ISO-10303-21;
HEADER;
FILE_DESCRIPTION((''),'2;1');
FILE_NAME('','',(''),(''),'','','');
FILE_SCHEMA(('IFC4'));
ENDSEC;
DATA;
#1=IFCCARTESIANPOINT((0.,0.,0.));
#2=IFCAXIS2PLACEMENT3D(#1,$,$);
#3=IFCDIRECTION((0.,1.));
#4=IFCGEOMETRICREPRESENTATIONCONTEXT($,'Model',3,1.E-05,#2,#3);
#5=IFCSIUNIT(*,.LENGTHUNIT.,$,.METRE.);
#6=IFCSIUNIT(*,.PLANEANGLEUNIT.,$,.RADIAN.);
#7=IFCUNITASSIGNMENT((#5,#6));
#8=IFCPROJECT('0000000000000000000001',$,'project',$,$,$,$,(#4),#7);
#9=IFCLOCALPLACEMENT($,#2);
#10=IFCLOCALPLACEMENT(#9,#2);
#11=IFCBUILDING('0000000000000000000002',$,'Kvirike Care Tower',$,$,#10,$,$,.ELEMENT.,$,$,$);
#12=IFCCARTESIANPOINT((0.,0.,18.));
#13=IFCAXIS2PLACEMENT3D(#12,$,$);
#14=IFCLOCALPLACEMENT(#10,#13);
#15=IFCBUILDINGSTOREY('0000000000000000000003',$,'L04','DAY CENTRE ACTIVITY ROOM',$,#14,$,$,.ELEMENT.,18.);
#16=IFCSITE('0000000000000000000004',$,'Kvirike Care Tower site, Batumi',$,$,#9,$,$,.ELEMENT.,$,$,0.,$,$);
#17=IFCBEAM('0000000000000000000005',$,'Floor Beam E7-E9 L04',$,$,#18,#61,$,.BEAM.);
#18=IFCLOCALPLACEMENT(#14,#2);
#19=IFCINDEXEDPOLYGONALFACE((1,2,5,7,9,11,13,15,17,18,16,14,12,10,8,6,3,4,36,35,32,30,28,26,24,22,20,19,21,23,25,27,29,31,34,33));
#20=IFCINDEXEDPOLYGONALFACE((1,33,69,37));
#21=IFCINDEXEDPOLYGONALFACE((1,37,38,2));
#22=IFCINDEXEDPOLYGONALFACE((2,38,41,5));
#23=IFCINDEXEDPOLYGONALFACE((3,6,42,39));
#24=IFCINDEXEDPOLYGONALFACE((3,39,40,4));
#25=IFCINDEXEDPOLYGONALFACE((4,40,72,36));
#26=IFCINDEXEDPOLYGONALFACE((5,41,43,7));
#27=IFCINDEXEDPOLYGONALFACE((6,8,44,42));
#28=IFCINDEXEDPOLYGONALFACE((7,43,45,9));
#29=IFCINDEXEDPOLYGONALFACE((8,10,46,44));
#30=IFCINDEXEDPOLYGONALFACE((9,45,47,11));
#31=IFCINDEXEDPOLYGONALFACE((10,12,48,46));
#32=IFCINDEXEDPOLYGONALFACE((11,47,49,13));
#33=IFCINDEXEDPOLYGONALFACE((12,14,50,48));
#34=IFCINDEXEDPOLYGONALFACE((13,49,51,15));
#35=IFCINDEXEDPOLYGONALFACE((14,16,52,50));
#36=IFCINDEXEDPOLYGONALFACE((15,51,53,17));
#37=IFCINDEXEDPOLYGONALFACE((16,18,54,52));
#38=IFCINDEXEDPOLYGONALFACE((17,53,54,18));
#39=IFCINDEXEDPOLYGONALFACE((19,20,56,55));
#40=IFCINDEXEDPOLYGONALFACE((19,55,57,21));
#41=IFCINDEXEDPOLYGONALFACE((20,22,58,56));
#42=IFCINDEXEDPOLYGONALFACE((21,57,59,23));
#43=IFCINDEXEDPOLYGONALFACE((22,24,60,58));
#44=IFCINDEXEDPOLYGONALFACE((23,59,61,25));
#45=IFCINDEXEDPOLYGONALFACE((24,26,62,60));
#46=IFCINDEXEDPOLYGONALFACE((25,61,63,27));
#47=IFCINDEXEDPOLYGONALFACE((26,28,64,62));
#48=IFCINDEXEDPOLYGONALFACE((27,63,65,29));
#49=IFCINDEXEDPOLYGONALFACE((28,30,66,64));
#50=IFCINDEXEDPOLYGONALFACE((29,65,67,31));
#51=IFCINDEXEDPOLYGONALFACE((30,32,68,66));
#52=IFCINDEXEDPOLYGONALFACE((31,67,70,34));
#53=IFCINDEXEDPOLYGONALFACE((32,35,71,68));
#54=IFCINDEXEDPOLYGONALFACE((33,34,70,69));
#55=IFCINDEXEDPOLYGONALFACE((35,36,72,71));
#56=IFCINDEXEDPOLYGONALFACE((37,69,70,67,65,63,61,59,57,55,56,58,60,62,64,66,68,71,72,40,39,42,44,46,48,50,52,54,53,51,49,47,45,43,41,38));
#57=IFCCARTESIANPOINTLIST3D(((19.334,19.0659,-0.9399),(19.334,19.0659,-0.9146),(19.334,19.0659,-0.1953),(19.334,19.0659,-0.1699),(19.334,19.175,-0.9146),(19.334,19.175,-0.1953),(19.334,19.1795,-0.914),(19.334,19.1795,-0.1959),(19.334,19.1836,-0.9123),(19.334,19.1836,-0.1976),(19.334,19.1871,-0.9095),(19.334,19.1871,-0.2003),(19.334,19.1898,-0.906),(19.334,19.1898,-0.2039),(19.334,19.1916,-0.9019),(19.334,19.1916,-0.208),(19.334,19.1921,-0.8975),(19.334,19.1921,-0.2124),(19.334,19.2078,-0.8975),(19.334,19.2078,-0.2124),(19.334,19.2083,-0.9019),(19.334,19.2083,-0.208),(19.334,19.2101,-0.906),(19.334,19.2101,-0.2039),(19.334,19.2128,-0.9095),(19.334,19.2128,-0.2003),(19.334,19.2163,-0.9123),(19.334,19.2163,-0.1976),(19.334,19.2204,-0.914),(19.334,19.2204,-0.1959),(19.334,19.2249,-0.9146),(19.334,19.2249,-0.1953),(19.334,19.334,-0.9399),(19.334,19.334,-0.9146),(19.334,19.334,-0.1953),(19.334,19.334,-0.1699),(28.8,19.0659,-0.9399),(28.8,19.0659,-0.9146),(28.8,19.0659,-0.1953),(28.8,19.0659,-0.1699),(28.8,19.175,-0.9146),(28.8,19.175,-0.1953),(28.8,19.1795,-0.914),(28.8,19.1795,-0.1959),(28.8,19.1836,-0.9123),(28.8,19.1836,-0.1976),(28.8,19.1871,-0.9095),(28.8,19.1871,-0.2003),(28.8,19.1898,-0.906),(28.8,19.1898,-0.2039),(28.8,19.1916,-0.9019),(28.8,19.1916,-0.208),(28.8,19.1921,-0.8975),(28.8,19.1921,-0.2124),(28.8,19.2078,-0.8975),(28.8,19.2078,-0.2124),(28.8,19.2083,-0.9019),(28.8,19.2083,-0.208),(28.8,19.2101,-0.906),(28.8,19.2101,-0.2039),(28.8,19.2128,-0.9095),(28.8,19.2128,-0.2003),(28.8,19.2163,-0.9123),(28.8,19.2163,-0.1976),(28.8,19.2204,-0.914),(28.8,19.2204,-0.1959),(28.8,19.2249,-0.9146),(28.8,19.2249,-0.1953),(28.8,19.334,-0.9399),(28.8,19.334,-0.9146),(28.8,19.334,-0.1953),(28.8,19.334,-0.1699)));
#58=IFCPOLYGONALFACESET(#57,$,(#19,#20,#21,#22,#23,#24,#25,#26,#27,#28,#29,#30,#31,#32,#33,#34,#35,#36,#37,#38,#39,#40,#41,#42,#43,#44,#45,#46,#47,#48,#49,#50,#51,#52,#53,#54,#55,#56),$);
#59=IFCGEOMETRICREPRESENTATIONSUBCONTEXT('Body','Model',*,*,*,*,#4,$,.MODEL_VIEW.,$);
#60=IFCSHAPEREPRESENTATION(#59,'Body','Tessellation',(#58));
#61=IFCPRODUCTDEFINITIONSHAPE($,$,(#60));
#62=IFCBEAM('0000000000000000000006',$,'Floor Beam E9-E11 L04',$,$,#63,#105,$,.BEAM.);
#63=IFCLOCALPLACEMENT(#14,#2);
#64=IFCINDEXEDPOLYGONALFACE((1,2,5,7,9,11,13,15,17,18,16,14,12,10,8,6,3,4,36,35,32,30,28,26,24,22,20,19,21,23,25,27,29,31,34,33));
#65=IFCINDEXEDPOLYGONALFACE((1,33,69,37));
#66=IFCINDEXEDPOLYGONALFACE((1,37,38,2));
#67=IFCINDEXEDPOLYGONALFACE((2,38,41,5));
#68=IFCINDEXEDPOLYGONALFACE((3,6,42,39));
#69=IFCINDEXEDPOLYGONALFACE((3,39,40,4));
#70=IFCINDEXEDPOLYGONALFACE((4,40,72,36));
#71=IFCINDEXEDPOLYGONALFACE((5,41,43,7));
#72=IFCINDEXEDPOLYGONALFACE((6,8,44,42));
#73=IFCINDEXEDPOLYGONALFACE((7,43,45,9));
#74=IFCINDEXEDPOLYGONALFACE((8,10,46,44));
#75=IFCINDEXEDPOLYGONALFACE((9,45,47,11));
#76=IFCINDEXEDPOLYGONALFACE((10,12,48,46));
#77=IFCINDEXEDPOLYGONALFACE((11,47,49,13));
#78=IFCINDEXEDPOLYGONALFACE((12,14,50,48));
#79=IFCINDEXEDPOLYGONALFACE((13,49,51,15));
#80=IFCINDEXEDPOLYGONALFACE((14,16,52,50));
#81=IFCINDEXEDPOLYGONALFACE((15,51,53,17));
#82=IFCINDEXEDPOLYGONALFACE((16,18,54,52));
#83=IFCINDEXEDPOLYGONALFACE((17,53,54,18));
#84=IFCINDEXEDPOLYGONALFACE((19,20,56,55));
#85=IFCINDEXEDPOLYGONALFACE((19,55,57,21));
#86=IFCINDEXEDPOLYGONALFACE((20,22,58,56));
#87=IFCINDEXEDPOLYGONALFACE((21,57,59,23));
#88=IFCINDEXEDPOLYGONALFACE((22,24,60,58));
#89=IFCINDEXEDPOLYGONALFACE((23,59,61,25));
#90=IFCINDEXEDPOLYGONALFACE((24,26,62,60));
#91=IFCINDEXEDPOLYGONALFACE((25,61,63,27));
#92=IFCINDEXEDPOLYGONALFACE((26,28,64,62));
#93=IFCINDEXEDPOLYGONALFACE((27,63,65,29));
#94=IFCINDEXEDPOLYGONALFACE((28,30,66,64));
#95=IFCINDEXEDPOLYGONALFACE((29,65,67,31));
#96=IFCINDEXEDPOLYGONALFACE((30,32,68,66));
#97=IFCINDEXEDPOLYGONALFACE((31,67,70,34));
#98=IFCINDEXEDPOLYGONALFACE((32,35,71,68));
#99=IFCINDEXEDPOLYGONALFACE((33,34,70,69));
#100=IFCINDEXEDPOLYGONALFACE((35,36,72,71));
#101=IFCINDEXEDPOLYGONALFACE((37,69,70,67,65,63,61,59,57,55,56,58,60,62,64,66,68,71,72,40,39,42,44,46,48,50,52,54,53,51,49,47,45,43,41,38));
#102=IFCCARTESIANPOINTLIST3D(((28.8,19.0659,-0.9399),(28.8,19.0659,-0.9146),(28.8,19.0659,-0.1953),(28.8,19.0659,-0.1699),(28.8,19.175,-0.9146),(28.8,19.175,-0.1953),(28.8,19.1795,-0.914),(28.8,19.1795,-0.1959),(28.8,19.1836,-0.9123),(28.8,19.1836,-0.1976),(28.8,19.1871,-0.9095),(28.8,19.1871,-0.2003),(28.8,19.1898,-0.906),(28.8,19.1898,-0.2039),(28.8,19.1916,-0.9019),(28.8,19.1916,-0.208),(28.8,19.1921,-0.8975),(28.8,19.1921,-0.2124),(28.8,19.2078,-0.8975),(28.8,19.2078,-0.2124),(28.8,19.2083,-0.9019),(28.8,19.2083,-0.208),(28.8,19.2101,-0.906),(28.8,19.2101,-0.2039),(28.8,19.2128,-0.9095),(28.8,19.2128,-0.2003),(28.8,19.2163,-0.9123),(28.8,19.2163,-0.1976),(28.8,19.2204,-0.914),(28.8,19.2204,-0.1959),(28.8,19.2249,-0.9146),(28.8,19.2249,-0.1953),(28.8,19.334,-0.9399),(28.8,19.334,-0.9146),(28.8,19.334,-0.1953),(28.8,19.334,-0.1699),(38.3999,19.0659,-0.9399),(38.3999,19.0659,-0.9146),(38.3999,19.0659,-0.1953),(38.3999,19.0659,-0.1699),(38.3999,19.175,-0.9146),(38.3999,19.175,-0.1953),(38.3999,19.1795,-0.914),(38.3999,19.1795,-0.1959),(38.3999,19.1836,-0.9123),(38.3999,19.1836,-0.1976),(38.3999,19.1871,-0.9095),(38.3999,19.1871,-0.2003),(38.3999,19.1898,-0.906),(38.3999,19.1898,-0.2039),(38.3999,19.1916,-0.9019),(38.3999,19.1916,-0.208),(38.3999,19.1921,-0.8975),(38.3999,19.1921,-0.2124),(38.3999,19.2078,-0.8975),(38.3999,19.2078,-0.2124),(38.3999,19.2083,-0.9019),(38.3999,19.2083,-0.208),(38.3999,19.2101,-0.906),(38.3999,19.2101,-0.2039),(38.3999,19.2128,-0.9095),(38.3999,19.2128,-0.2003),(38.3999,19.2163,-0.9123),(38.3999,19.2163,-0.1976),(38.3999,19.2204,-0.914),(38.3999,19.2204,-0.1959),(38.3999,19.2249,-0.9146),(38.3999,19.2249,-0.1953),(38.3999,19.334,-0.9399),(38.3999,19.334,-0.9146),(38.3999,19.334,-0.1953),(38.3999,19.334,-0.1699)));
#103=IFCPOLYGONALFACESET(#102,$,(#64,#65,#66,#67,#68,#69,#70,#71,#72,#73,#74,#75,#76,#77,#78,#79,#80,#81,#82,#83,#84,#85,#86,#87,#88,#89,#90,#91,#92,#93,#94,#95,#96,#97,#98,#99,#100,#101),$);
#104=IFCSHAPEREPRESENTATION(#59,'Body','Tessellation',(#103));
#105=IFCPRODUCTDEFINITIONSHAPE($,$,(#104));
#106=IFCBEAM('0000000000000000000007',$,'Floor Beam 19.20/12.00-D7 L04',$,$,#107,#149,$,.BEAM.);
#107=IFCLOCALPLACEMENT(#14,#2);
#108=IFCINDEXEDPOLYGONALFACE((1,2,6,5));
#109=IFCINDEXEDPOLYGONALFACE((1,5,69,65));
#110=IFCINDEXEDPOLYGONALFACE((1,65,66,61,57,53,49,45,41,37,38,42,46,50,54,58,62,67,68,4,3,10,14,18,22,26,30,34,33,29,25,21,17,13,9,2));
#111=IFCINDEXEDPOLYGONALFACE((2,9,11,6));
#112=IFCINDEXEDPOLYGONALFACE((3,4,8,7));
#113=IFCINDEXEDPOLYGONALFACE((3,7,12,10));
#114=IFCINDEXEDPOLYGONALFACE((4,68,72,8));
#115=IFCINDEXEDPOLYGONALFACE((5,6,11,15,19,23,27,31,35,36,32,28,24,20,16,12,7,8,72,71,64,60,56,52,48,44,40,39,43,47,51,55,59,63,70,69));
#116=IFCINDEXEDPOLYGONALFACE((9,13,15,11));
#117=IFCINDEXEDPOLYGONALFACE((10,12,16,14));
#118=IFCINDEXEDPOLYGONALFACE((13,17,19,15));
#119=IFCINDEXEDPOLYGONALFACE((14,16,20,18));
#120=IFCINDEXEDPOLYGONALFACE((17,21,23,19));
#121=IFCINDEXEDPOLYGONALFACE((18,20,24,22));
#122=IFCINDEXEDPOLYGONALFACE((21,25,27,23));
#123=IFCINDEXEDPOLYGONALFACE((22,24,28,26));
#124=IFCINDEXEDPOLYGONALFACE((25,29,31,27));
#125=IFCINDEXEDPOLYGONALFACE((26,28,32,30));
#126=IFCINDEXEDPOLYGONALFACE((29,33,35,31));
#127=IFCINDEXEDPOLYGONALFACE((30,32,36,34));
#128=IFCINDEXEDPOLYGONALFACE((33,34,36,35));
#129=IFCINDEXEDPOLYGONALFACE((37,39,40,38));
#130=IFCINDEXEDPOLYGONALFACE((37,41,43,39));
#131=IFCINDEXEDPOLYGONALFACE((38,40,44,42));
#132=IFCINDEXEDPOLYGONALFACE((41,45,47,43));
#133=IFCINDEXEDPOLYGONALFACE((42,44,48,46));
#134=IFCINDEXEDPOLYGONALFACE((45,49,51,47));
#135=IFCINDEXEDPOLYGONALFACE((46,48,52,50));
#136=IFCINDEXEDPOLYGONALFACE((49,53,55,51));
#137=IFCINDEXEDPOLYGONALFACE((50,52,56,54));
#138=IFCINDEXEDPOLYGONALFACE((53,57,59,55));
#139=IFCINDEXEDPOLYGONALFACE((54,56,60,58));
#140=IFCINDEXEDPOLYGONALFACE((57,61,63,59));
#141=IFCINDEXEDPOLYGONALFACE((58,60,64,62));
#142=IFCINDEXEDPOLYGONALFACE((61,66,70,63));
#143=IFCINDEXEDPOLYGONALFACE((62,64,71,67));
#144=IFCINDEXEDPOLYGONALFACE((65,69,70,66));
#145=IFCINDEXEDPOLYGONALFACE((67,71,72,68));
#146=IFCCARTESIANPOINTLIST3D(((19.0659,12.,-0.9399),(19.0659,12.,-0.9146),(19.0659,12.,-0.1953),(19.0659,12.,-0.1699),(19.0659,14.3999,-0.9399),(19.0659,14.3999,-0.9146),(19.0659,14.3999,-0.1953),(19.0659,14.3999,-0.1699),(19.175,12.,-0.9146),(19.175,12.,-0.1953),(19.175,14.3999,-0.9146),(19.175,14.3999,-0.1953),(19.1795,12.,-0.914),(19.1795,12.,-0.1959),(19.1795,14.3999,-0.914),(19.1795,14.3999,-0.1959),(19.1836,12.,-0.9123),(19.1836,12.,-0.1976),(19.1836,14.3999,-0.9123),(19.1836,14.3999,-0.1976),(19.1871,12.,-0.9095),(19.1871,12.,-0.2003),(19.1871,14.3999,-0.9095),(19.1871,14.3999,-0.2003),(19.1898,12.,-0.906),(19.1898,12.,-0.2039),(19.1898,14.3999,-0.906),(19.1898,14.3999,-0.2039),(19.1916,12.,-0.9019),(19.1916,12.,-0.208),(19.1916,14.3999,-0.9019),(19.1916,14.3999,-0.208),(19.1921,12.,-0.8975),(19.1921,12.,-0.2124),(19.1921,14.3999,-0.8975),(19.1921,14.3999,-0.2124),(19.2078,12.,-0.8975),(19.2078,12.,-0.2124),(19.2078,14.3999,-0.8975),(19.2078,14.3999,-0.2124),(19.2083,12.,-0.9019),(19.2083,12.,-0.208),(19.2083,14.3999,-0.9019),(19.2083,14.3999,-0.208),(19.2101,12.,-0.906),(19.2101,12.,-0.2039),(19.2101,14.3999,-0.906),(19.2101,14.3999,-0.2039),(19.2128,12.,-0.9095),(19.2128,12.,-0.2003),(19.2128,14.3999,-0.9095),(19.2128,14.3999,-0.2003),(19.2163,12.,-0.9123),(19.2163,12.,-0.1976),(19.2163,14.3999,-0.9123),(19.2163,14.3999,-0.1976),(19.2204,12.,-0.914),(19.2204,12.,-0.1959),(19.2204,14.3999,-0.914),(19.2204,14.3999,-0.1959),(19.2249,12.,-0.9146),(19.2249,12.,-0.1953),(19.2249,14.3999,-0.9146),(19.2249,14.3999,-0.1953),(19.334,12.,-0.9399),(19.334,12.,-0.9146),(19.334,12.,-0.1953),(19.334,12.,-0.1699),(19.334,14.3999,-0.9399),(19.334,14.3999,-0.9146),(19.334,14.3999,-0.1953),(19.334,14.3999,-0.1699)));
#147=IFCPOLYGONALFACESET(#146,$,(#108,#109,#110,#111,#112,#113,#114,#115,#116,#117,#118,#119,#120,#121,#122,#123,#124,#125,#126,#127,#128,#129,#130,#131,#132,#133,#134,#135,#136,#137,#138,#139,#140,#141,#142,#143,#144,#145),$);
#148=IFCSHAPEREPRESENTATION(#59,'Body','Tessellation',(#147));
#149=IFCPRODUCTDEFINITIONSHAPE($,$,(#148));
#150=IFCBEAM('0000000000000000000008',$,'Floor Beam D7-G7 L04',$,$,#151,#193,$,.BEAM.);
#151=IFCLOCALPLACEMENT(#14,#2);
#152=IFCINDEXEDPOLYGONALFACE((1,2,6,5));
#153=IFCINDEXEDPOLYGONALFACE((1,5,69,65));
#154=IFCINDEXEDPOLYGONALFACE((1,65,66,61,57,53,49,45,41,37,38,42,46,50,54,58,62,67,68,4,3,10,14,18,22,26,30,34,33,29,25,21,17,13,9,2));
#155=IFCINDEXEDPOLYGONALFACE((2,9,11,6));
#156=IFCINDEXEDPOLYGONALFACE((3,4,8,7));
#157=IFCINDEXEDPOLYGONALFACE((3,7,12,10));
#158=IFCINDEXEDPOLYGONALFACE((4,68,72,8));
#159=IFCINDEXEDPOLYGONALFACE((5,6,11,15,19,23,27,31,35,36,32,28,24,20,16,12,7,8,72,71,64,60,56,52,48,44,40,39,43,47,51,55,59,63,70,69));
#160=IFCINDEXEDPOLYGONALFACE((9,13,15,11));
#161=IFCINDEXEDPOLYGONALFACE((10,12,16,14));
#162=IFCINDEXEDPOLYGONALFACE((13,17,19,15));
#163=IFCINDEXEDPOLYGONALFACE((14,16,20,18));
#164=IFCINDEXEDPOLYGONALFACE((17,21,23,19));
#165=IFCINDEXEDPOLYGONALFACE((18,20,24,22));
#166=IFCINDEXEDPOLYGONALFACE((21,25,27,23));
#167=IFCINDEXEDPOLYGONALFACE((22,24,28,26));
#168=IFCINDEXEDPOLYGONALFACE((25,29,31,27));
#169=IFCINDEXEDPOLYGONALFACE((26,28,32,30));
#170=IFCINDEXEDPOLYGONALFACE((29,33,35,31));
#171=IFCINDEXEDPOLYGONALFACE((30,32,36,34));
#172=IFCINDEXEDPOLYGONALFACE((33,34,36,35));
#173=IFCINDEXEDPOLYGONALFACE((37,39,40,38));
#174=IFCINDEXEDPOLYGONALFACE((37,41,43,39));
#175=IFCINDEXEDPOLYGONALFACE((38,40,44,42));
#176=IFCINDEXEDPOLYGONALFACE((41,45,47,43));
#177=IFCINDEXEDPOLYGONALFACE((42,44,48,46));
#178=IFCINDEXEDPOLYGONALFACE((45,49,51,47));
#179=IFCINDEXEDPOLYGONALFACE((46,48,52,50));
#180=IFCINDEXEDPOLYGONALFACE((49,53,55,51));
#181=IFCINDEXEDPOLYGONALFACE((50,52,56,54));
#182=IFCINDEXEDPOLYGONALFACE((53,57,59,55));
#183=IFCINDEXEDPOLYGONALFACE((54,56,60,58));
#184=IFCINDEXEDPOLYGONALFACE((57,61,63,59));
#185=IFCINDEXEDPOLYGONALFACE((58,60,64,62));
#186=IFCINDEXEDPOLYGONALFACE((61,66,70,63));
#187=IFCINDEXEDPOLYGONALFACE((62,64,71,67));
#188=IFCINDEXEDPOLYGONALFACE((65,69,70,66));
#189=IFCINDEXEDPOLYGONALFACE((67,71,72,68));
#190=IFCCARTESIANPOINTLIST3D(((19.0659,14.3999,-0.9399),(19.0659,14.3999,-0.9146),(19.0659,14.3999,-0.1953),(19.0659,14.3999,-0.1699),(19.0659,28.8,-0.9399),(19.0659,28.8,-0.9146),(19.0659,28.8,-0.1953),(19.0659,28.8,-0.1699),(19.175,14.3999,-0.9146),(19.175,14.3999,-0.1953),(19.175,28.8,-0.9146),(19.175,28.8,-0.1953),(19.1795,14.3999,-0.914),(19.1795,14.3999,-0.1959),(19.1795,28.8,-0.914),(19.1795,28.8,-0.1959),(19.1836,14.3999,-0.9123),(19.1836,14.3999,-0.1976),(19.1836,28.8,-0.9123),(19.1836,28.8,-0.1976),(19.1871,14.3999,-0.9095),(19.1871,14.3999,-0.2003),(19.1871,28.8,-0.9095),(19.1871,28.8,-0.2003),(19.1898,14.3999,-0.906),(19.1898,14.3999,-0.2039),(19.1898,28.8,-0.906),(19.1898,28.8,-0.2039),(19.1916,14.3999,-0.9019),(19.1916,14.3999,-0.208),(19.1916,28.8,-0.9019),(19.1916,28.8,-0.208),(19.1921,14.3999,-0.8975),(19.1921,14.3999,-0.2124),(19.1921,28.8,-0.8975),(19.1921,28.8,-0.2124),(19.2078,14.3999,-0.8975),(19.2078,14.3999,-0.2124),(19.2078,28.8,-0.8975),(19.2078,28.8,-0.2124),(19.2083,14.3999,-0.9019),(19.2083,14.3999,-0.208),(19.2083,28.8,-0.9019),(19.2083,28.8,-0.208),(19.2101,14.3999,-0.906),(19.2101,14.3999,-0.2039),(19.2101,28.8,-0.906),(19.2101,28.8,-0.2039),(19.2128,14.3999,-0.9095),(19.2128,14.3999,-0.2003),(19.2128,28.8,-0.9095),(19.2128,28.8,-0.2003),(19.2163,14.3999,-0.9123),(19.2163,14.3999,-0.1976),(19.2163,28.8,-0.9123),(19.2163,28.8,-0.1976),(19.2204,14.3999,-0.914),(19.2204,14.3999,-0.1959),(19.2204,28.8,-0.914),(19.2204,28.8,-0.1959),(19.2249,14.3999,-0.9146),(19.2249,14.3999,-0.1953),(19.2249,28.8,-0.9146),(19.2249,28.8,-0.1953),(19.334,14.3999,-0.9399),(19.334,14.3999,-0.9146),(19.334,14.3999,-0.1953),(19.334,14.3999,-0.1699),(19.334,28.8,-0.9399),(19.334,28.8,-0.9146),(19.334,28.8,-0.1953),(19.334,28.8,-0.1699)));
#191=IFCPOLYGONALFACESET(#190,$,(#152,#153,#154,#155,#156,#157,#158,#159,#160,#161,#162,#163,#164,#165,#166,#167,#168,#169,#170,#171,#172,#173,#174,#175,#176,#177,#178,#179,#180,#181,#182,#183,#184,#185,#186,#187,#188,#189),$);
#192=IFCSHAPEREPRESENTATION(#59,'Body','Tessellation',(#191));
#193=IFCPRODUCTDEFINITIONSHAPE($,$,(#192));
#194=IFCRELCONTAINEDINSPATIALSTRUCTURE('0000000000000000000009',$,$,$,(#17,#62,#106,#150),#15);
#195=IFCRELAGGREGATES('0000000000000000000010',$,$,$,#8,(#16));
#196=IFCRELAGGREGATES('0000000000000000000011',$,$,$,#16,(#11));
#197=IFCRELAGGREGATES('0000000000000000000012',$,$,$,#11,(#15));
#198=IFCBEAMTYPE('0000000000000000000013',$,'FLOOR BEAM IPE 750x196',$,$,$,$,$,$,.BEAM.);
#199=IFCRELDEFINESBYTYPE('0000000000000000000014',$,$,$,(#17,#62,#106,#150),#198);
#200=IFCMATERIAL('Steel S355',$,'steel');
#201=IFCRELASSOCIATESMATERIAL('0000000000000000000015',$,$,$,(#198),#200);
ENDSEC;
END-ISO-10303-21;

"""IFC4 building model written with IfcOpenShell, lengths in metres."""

from ifc_helpers import new_model, si_unit, direction, frame, origin, origin_2d, place, context, subcontext, project, spatial, i_section, extrude, material, material_profile, profile_set, type_object, element, save


model = new_model("IFC4")

# Units and contexts
model_context = context("Model", 3, precision=1e-05, world=origin(), true_north=direction((0.0, 1.0)))
body_context = subcontext(model_context, "Body", "Model", "MODEL_VIEW")
ifc_project = project(units=[si_unit("LENGTHUNIT", "METRE"), si_unit("PLANEANGLEUNIT", "RADIAN")], contexts=[model_context])

# Site, building, storey
site_placement = place(None, origin())
site = spatial("IfcSite", under=ifc_project, at=site_placement, Name="Kvirike Care Tower site, Batumi", CompositionType="ELEMENT", RefElevation=0.0)
building_placement = place(site_placement, origin())
building = spatial("IfcBuilding", under=site, at=building_placement, Name="Kvirike Care Tower", CompositionType="ELEMENT")
storey_placement = place(building_placement, frame((0.0, 0.0, 18.0)))
storey = spatial("IfcBuildingStorey", under=building, at=storey_placement, Name="L04", Description="DAY CENTRE ACTIVITY ROOM", CompositionType="ELEMENT", Elevation=18.0)

# Beams
ifc_material_1 = material(Name="Steel S355", Category="steel")
ifc_material_profile_1 = material_profile(ifc_material_1, i_section(OverallWidth=0.2681, OverallDepth=0.77, WebThickness=0.0156, FlangeThickness=0.0254, FilletRadius=0.0171, at=origin_2d()), Name="IPE 750x196")
ifc_profile_set_1 = profile_set([ifc_material_profile_1], Name="Steel S355")
beam_type_1 = type_object("IfcBeamType", Name="FLOOR BEAM IPE 750x196", PredefinedType="BEAM", material=ifc_profile_set_1)
beam_1_placement = place(storey_placement, frame((19.334, 19.2, -0.5549), z_axis=(1.0, 0.0, 0.0), x_axis=(0.0, 1.0, 0.0)))
element("IfcBeam", 1, at=beam_1_placement, inside=storey, type_object=beam_type_1, Name="Floor Beam E7-E9 L04", PredefinedType="BEAM", context=body_context, shape_type="SweptSolid", body=[
    extrude(i_section(OverallWidth=0.2681, OverallDepth=0.77, WebThickness=0.0156, FlangeThickness=0.0254, FilletRadius=0.0171, at=origin_2d()), origin(), (0.0, 0.0, 1.0), 9.4661),
])
beam_2_placement = place(storey_placement, frame((28.8, 19.2, -0.5549), z_axis=(1.0, 0.0, 0.0), x_axis=(0.0, 1.0, 0.0)))
element("IfcBeam", 2, at=beam_2_placement, inside=storey, type_object=beam_type_1, Name="Floor Beam E9-E11 L04", PredefinedType="BEAM", context=body_context, shape_type="SweptSolid", body=[
    extrude(i_section(OverallWidth=0.2681, OverallDepth=0.77, WebThickness=0.0156, FlangeThickness=0.0254, FilletRadius=0.0171, at=origin_2d()), origin(), (0.0, 0.0, 1.0), 9.5999),
])
beam_3_placement = place(storey_placement, frame((19.2, 12.0, -0.5549), z_axis=(0.0, 1.0, 0.0), x_axis=(-1.0, 0.0, 0.0)))
element("IfcBeam", 3, at=beam_3_placement, inside=storey, type_object=beam_type_1, Name="Floor Beam 19.20/12.00-D7 L04", PredefinedType="BEAM", context=body_context, shape_type="SweptSolid", body=[
    extrude(i_section(OverallWidth=0.2681, OverallDepth=0.77, WebThickness=0.0156, FlangeThickness=0.0254, FilletRadius=0.0171, at=origin_2d()), origin(), (0.0, 0.0, 1.0), 2.3999),
])
beam_4_placement = place(storey_placement, frame((19.2, 14.3999, -0.5549), z_axis=(0.0, 1.0, 0.0), x_axis=(-1.0, 0.0, 0.0)))
element("IfcBeam", 4, at=beam_4_placement, inside=storey, type_object=beam_type_1, Name="Floor Beam D7-G7 L04", PredefinedType="BEAM", context=body_context, shape_type="SweptSolid", body=[
    extrude(i_section(OverallWidth=0.2681, OverallDepth=0.77, WebThickness=0.0156, FlangeThickness=0.0254, FilletRadius=0.0171, at=origin_2d()), origin(), (0.0, 0.0, 1.0), 14.4001),
])

save(model, "model.ifc")
